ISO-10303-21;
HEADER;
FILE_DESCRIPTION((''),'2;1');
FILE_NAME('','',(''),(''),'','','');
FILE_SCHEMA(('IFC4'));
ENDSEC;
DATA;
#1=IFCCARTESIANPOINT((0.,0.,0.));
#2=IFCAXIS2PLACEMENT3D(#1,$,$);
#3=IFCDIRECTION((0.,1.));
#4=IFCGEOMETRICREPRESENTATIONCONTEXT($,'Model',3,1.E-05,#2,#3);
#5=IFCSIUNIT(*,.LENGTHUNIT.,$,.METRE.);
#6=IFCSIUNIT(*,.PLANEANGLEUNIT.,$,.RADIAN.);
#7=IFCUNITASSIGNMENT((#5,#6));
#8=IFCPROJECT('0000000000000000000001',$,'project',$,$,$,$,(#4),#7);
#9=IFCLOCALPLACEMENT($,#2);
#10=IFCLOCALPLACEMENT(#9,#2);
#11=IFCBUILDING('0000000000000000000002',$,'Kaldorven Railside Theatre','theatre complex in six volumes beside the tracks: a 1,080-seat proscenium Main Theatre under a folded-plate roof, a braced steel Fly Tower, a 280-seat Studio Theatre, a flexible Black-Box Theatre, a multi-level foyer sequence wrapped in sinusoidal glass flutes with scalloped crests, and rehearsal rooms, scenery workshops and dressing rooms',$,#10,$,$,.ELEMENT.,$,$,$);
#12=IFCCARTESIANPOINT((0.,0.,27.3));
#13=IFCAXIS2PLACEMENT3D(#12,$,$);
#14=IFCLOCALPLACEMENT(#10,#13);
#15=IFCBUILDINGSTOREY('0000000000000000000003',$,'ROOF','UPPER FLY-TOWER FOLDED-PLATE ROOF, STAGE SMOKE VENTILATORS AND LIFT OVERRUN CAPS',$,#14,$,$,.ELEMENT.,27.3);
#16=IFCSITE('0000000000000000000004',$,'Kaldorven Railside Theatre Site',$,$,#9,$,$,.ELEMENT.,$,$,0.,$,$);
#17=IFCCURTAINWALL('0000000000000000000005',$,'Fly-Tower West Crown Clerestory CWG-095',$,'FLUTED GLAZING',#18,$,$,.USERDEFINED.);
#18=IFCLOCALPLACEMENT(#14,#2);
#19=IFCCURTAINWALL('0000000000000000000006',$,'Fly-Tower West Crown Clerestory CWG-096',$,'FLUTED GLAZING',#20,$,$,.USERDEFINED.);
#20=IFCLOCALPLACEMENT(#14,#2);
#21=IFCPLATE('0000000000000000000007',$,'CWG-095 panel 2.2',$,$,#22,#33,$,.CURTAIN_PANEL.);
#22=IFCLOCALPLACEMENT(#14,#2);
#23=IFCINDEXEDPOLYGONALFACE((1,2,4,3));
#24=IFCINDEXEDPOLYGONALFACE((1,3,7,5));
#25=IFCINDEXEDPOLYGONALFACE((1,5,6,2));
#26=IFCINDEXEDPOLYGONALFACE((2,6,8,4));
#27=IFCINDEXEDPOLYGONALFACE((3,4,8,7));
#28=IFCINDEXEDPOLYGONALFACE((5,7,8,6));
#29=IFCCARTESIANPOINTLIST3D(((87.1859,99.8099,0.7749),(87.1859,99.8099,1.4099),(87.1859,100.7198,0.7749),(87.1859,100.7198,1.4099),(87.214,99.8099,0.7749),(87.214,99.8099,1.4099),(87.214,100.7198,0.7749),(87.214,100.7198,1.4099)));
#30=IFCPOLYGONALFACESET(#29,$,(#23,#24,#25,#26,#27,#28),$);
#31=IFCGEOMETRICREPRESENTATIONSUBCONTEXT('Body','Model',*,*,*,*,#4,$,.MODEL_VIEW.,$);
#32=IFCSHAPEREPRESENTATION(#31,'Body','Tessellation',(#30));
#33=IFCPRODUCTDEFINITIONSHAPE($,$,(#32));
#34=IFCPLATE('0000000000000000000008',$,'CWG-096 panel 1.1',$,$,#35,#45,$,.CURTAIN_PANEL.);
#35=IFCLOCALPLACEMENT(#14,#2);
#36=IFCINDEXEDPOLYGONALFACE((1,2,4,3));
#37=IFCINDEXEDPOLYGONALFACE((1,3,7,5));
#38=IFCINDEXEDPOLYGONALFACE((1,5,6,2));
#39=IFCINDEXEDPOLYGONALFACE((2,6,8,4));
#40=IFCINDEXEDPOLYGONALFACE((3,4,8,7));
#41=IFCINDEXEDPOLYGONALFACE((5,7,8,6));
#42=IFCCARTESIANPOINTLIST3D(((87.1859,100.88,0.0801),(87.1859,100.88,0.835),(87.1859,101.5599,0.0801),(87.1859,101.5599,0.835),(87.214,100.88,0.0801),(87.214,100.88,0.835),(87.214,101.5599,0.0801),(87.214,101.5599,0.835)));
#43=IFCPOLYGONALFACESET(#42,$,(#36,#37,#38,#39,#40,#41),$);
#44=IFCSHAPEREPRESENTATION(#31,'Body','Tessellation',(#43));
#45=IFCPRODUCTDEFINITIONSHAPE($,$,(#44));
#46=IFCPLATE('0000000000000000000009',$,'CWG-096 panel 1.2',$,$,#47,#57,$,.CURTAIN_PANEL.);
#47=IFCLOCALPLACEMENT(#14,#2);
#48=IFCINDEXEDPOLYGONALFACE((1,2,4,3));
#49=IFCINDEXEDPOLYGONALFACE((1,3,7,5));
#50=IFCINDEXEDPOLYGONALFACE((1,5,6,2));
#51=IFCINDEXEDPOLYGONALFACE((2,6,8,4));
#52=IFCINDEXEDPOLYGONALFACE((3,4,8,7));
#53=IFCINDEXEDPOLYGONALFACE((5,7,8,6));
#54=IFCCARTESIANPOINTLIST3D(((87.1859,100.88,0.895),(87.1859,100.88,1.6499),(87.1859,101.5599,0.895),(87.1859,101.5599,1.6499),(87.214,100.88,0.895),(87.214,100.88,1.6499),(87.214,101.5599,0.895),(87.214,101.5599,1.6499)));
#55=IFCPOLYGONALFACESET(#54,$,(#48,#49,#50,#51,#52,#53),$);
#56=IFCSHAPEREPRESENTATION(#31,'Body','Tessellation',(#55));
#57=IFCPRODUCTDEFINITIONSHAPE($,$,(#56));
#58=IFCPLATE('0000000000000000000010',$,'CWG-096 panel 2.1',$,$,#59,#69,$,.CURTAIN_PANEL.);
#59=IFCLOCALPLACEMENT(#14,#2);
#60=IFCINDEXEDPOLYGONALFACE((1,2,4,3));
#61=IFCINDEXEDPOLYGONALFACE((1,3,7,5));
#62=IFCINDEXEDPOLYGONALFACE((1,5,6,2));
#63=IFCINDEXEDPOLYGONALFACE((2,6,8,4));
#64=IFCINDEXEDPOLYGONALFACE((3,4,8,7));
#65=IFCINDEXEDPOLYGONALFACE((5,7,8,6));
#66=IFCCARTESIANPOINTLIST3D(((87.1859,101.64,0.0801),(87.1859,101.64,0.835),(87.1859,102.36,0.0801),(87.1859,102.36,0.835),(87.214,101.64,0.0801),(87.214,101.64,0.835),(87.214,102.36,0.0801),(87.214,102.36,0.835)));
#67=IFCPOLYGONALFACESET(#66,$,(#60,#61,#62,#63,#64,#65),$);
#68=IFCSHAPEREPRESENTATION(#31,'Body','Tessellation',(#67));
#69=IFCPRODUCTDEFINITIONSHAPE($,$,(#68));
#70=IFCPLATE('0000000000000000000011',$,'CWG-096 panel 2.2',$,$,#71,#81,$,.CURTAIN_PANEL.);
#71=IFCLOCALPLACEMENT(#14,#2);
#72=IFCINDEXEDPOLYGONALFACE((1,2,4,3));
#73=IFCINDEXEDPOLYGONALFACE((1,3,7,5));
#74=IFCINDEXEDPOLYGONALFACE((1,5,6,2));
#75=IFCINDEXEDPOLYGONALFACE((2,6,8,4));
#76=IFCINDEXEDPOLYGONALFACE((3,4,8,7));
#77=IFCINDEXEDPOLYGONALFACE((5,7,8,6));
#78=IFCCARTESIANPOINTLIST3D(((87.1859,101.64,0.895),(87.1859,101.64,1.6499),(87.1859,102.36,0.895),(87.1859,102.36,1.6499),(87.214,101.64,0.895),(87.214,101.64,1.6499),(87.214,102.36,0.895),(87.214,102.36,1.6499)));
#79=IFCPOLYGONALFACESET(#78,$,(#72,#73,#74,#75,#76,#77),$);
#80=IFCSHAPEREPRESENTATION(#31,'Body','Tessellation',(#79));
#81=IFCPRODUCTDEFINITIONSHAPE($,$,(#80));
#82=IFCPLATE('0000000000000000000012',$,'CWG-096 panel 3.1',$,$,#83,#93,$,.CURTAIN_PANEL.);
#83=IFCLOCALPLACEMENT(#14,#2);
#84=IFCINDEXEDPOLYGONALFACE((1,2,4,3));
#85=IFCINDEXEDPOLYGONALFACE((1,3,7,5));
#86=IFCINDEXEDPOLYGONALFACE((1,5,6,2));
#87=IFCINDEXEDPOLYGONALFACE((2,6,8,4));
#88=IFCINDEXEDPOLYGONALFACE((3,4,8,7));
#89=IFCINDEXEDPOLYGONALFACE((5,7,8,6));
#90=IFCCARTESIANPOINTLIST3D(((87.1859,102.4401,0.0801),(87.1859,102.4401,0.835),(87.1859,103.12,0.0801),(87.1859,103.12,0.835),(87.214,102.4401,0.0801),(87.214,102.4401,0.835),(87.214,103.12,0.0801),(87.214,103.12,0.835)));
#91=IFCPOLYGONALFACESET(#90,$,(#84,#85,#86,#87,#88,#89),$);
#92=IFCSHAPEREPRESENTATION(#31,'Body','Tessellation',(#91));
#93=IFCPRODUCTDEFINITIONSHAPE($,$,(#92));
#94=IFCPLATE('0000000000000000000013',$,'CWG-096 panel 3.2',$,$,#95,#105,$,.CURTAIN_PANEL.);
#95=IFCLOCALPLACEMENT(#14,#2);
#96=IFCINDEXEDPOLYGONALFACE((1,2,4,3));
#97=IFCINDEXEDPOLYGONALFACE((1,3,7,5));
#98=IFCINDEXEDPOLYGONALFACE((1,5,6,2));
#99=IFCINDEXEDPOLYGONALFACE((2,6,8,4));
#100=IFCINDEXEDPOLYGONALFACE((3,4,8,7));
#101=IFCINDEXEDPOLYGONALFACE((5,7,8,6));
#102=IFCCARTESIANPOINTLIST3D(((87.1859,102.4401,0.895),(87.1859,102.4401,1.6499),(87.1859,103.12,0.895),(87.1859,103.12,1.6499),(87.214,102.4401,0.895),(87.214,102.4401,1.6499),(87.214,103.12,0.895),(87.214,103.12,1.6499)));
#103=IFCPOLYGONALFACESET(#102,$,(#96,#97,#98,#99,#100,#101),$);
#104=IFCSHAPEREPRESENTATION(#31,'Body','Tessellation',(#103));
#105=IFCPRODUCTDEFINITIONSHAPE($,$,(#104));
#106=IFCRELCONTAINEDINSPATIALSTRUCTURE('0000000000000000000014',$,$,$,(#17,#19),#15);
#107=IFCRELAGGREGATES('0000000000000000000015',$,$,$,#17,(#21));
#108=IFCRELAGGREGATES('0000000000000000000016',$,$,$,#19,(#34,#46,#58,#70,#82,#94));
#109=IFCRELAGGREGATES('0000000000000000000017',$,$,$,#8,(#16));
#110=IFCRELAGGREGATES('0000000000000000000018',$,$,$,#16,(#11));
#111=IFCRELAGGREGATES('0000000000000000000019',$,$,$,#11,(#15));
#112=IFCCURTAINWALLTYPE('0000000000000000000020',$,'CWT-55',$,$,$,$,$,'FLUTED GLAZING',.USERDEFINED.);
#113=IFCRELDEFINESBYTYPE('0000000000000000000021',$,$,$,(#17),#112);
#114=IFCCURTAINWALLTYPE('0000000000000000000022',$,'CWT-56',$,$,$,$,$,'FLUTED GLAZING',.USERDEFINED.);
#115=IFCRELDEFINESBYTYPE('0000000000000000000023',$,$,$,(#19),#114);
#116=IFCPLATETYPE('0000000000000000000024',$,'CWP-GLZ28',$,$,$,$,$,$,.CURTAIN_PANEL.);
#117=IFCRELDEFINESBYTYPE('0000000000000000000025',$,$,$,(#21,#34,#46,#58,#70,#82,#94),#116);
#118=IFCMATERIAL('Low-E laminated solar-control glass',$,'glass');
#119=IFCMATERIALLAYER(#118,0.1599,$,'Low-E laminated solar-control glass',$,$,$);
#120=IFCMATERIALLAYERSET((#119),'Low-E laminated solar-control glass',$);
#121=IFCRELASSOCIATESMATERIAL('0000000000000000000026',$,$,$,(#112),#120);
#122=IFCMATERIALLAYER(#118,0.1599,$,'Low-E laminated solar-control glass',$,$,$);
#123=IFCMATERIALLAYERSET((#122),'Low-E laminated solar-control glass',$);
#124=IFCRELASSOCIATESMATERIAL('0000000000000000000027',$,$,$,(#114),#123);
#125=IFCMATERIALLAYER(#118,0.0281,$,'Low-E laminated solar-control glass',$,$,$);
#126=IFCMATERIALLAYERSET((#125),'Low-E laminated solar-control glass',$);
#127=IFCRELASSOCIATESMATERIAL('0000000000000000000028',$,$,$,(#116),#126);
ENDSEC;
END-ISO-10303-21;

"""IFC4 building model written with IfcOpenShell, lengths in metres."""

from ifc_helpers import new_model, si_unit, direction, frame, origin, origin_2d, place, context, subcontext, project, spatial, rectangle, extrude, material, layer, layer_set, type_object, element, aggregate, save


model = new_model("IFC4")

# Units and contexts
model_context = context("Model", 3, precision=1e-05, world=origin(), true_north=direction((0.0, 1.0)))
body_context = subcontext(model_context, "Body", "Model", "MODEL_VIEW")
ifc_project = project(units=[si_unit("LENGTHUNIT", "METRE"), si_unit("PLANEANGLEUNIT", "RADIAN")], contexts=[model_context])

# Site, building, storey
site_placement = place(None, origin())
site = spatial("IfcSite", under=ifc_project, at=site_placement, Name="Kaldorven Railside Theatre Site", CompositionType="ELEMENT", RefElevation=0.0)
building_placement = place(site_placement, origin())
building = spatial("IfcBuilding", under=site, at=building_placement, Name="Kaldorven Railside Theatre", Description="theatre complex in six volumes beside the tracks: a 1,080-seat proscenium Main Theatre under a folded-plate roof, a braced steel Fly Tower, a 280-seat Studio Theatre, a flexible Black-Box Theatre, a multi-level foyer sequence wrapped in sinusoidal glass flutes with scalloped crests, and rehearsal rooms, scenery workshops and dressing rooms", CompositionType="ELEMENT")
storey_placement = place(building_placement, frame((0.0, 0.0, 27.3)))
storey = spatial("IfcBuildingStorey", under=building, at=storey_placement, Name="ROOF", Description="UPPER FLY-TOWER FOLDED-PLATE ROOF, STAGE SMOKE VENTILATORS AND LIFT OVERRUN CAPS", CompositionType="ELEMENT", Elevation=27.3)

# Curtain walls
ifc_material_1 = material(Name="Low-E laminated solar-control glass", Category="glass")
ifc_layer_1 = layer(ifc_material_1, 0.1599, Name="Low-E laminated solar-control glass")
ifc_layer_set_1 = layer_set([ifc_layer_1], Name="Low-E laminated solar-control glass")
curtain_wall_type_1 = type_object("IfcCurtainWallType", Name="CWT-55", ElementType="FLUTED GLAZING", PredefinedType="USERDEFINED", material=ifc_layer_set_1)
curtain_wall_1_placement = place(storey_placement, origin())
curtain_wall_1 = element("IfcCurtainWall", 1, at=curtain_wall_1_placement, inside=storey, type_object=curtain_wall_type_1, Name="Fly-Tower West Crown Clerestory CWG-095", ObjectType="FLUTED GLAZING", PredefinedType="USERDEFINED")
ifc_layer_2 = layer(ifc_material_1, 0.1599, Name="Low-E laminated solar-control glass")
ifc_layer_set_2 = layer_set([ifc_layer_2], Name="Low-E laminated solar-control glass")
curtain_wall_type_2 = type_object("IfcCurtainWallType", Name="CWT-56", ElementType="FLUTED GLAZING", PredefinedType="USERDEFINED", material=ifc_layer_set_2)
curtain_wall_2_placement = place(storey_placement, origin())
curtain_wall_2 = element("IfcCurtainWall", 2, at=curtain_wall_2_placement, inside=storey, type_object=curtain_wall_type_2, Name="Fly-Tower West Crown Clerestory CWG-096", ObjectType="FLUTED GLAZING", PredefinedType="USERDEFINED")

# Plates
ifc_layer_3 = layer(ifc_material_1, 0.0281, Name="Low-E laminated solar-control glass")
ifc_layer_set_3 = layer_set([ifc_layer_3], Name="Low-E laminated solar-control glass")
plate_type = type_object("IfcPlateType", Name="CWP-GLZ28", PredefinedType="CURTAIN_PANEL", material=ifc_layer_set_3)
plate_1_placement = place(storey_placement, frame((87.2, 100.2649, 0.7749), z_axis=(0.0, 0.0, 1.0), x_axis=(0.0, 1.0, 0.0)))
plate_1 = element("IfcPlate", 3, at=plate_1_placement, type_object=plate_type, Name="CWG-095 panel 2.2", PredefinedType="CURTAIN_PANEL", context=body_context, shape_type="SweptSolid", body=[
    extrude(rectangle(XDim=0.9099, YDim=0.0281, at=origin_2d()), origin(), (0.0, 0.0, 1.0), 0.635),
])
aggregate(curtain_wall_1, [plate_1])
plate_2_placement = place(storey_placement, frame((87.2, 101.22, 0.0801), z_axis=(0.0, 0.0, 1.0), x_axis=(0.0, 1.0, 0.0)))
plate_2 = element("IfcPlate", 4, at=plate_2_placement, type_object=plate_type, Name="CWG-096 panel 1.1", PredefinedType="CURTAIN_PANEL", context=body_context, shape_type="SweptSolid", body=[
    extrude(rectangle(XDim=0.6799, YDim=0.0281, at=origin_2d()), origin(), (0.0, 0.0, 1.0), 0.7549),
])
plate_3_placement = place(storey_placement, frame((87.2, 101.22, 0.895), z_axis=(0.0, 0.0, 1.0), x_axis=(0.0, 1.0, 0.0)))
plate_3 = element("IfcPlate", 5, at=plate_3_placement, type_object=plate_type, Name="CWG-096 panel 1.2", PredefinedType="CURTAIN_PANEL", context=body_context, shape_type="SweptSolid", body=[
    extrude(rectangle(XDim=0.6799, YDim=0.0281, at=origin_2d()), origin(), (0.0, 0.0, 1.0), 0.7549),
])
plate_4_placement = place(storey_placement, frame((87.2, 102.0, 0.0801), z_axis=(0.0, 0.0, 1.0), x_axis=(0.0, 1.0, 0.0)))
plate_4 = element("IfcPlate", 6, at=plate_4_placement, type_object=plate_type, Name="CWG-096 panel 2.1", PredefinedType="CURTAIN_PANEL", context=body_context, shape_type="SweptSolid", body=[
    extrude(rectangle(XDim=0.72, YDim=0.0281, at=origin_2d()), origin(), (0.0, 0.0, 1.0), 0.7549),
])
plate_5_placement = place(storey_placement, frame((87.2, 102.0, 0.895), z_axis=(0.0, 0.0, 1.0), x_axis=(0.0, 1.0, 0.0)))
plate_5 = element("IfcPlate", 7, at=plate_5_placement, type_object=plate_type, Name="CWG-096 panel 2.2", PredefinedType="CURTAIN_PANEL", context=body_context, shape_type="SweptSolid", body=[
    extrude(rectangle(XDim=0.72, YDim=0.0281, at=origin_2d()), origin(), (0.0, 0.0, 1.0), 0.7549),
])
plate_6_placement = place(storey_placement, frame((87.2, 102.78, 0.0801), z_axis=(0.0, 0.0, 1.0), x_axis=(0.0, 1.0, 0.0)))
plate_6 = element("IfcPlate", 8, at=plate_6_placement, type_object=plate_type, Name="CWG-096 panel 3.1", PredefinedType="CURTAIN_PANEL", context=body_context, shape_type="SweptSolid", body=[
    extrude(rectangle(XDim=0.6799, YDim=0.0281, at=origin_2d()), origin(), (0.0, 0.0, 1.0), 0.7549),
])
plate_7_placement = place(storey_placement, frame((87.2, 102.78, 0.895), z_axis=(0.0, 0.0, 1.0), x_axis=(0.0, 1.0, 0.0)))
plate_7 = element("IfcPlate", 9, at=plate_7_placement, type_object=plate_type, Name="CWG-096 panel 3.2", PredefinedType="CURTAIN_PANEL", context=body_context, shape_type="SweptSolid", body=[
    extrude(rectangle(XDim=0.6799, YDim=0.0281, at=origin_2d()), origin(), (0.0, 0.0, 1.0), 0.7549),
])
aggregate(curtain_wall_2, [plate_2, plate_3, plate_4, plate_5, plate_6, plate_7])

save(model, "model.ifc")
